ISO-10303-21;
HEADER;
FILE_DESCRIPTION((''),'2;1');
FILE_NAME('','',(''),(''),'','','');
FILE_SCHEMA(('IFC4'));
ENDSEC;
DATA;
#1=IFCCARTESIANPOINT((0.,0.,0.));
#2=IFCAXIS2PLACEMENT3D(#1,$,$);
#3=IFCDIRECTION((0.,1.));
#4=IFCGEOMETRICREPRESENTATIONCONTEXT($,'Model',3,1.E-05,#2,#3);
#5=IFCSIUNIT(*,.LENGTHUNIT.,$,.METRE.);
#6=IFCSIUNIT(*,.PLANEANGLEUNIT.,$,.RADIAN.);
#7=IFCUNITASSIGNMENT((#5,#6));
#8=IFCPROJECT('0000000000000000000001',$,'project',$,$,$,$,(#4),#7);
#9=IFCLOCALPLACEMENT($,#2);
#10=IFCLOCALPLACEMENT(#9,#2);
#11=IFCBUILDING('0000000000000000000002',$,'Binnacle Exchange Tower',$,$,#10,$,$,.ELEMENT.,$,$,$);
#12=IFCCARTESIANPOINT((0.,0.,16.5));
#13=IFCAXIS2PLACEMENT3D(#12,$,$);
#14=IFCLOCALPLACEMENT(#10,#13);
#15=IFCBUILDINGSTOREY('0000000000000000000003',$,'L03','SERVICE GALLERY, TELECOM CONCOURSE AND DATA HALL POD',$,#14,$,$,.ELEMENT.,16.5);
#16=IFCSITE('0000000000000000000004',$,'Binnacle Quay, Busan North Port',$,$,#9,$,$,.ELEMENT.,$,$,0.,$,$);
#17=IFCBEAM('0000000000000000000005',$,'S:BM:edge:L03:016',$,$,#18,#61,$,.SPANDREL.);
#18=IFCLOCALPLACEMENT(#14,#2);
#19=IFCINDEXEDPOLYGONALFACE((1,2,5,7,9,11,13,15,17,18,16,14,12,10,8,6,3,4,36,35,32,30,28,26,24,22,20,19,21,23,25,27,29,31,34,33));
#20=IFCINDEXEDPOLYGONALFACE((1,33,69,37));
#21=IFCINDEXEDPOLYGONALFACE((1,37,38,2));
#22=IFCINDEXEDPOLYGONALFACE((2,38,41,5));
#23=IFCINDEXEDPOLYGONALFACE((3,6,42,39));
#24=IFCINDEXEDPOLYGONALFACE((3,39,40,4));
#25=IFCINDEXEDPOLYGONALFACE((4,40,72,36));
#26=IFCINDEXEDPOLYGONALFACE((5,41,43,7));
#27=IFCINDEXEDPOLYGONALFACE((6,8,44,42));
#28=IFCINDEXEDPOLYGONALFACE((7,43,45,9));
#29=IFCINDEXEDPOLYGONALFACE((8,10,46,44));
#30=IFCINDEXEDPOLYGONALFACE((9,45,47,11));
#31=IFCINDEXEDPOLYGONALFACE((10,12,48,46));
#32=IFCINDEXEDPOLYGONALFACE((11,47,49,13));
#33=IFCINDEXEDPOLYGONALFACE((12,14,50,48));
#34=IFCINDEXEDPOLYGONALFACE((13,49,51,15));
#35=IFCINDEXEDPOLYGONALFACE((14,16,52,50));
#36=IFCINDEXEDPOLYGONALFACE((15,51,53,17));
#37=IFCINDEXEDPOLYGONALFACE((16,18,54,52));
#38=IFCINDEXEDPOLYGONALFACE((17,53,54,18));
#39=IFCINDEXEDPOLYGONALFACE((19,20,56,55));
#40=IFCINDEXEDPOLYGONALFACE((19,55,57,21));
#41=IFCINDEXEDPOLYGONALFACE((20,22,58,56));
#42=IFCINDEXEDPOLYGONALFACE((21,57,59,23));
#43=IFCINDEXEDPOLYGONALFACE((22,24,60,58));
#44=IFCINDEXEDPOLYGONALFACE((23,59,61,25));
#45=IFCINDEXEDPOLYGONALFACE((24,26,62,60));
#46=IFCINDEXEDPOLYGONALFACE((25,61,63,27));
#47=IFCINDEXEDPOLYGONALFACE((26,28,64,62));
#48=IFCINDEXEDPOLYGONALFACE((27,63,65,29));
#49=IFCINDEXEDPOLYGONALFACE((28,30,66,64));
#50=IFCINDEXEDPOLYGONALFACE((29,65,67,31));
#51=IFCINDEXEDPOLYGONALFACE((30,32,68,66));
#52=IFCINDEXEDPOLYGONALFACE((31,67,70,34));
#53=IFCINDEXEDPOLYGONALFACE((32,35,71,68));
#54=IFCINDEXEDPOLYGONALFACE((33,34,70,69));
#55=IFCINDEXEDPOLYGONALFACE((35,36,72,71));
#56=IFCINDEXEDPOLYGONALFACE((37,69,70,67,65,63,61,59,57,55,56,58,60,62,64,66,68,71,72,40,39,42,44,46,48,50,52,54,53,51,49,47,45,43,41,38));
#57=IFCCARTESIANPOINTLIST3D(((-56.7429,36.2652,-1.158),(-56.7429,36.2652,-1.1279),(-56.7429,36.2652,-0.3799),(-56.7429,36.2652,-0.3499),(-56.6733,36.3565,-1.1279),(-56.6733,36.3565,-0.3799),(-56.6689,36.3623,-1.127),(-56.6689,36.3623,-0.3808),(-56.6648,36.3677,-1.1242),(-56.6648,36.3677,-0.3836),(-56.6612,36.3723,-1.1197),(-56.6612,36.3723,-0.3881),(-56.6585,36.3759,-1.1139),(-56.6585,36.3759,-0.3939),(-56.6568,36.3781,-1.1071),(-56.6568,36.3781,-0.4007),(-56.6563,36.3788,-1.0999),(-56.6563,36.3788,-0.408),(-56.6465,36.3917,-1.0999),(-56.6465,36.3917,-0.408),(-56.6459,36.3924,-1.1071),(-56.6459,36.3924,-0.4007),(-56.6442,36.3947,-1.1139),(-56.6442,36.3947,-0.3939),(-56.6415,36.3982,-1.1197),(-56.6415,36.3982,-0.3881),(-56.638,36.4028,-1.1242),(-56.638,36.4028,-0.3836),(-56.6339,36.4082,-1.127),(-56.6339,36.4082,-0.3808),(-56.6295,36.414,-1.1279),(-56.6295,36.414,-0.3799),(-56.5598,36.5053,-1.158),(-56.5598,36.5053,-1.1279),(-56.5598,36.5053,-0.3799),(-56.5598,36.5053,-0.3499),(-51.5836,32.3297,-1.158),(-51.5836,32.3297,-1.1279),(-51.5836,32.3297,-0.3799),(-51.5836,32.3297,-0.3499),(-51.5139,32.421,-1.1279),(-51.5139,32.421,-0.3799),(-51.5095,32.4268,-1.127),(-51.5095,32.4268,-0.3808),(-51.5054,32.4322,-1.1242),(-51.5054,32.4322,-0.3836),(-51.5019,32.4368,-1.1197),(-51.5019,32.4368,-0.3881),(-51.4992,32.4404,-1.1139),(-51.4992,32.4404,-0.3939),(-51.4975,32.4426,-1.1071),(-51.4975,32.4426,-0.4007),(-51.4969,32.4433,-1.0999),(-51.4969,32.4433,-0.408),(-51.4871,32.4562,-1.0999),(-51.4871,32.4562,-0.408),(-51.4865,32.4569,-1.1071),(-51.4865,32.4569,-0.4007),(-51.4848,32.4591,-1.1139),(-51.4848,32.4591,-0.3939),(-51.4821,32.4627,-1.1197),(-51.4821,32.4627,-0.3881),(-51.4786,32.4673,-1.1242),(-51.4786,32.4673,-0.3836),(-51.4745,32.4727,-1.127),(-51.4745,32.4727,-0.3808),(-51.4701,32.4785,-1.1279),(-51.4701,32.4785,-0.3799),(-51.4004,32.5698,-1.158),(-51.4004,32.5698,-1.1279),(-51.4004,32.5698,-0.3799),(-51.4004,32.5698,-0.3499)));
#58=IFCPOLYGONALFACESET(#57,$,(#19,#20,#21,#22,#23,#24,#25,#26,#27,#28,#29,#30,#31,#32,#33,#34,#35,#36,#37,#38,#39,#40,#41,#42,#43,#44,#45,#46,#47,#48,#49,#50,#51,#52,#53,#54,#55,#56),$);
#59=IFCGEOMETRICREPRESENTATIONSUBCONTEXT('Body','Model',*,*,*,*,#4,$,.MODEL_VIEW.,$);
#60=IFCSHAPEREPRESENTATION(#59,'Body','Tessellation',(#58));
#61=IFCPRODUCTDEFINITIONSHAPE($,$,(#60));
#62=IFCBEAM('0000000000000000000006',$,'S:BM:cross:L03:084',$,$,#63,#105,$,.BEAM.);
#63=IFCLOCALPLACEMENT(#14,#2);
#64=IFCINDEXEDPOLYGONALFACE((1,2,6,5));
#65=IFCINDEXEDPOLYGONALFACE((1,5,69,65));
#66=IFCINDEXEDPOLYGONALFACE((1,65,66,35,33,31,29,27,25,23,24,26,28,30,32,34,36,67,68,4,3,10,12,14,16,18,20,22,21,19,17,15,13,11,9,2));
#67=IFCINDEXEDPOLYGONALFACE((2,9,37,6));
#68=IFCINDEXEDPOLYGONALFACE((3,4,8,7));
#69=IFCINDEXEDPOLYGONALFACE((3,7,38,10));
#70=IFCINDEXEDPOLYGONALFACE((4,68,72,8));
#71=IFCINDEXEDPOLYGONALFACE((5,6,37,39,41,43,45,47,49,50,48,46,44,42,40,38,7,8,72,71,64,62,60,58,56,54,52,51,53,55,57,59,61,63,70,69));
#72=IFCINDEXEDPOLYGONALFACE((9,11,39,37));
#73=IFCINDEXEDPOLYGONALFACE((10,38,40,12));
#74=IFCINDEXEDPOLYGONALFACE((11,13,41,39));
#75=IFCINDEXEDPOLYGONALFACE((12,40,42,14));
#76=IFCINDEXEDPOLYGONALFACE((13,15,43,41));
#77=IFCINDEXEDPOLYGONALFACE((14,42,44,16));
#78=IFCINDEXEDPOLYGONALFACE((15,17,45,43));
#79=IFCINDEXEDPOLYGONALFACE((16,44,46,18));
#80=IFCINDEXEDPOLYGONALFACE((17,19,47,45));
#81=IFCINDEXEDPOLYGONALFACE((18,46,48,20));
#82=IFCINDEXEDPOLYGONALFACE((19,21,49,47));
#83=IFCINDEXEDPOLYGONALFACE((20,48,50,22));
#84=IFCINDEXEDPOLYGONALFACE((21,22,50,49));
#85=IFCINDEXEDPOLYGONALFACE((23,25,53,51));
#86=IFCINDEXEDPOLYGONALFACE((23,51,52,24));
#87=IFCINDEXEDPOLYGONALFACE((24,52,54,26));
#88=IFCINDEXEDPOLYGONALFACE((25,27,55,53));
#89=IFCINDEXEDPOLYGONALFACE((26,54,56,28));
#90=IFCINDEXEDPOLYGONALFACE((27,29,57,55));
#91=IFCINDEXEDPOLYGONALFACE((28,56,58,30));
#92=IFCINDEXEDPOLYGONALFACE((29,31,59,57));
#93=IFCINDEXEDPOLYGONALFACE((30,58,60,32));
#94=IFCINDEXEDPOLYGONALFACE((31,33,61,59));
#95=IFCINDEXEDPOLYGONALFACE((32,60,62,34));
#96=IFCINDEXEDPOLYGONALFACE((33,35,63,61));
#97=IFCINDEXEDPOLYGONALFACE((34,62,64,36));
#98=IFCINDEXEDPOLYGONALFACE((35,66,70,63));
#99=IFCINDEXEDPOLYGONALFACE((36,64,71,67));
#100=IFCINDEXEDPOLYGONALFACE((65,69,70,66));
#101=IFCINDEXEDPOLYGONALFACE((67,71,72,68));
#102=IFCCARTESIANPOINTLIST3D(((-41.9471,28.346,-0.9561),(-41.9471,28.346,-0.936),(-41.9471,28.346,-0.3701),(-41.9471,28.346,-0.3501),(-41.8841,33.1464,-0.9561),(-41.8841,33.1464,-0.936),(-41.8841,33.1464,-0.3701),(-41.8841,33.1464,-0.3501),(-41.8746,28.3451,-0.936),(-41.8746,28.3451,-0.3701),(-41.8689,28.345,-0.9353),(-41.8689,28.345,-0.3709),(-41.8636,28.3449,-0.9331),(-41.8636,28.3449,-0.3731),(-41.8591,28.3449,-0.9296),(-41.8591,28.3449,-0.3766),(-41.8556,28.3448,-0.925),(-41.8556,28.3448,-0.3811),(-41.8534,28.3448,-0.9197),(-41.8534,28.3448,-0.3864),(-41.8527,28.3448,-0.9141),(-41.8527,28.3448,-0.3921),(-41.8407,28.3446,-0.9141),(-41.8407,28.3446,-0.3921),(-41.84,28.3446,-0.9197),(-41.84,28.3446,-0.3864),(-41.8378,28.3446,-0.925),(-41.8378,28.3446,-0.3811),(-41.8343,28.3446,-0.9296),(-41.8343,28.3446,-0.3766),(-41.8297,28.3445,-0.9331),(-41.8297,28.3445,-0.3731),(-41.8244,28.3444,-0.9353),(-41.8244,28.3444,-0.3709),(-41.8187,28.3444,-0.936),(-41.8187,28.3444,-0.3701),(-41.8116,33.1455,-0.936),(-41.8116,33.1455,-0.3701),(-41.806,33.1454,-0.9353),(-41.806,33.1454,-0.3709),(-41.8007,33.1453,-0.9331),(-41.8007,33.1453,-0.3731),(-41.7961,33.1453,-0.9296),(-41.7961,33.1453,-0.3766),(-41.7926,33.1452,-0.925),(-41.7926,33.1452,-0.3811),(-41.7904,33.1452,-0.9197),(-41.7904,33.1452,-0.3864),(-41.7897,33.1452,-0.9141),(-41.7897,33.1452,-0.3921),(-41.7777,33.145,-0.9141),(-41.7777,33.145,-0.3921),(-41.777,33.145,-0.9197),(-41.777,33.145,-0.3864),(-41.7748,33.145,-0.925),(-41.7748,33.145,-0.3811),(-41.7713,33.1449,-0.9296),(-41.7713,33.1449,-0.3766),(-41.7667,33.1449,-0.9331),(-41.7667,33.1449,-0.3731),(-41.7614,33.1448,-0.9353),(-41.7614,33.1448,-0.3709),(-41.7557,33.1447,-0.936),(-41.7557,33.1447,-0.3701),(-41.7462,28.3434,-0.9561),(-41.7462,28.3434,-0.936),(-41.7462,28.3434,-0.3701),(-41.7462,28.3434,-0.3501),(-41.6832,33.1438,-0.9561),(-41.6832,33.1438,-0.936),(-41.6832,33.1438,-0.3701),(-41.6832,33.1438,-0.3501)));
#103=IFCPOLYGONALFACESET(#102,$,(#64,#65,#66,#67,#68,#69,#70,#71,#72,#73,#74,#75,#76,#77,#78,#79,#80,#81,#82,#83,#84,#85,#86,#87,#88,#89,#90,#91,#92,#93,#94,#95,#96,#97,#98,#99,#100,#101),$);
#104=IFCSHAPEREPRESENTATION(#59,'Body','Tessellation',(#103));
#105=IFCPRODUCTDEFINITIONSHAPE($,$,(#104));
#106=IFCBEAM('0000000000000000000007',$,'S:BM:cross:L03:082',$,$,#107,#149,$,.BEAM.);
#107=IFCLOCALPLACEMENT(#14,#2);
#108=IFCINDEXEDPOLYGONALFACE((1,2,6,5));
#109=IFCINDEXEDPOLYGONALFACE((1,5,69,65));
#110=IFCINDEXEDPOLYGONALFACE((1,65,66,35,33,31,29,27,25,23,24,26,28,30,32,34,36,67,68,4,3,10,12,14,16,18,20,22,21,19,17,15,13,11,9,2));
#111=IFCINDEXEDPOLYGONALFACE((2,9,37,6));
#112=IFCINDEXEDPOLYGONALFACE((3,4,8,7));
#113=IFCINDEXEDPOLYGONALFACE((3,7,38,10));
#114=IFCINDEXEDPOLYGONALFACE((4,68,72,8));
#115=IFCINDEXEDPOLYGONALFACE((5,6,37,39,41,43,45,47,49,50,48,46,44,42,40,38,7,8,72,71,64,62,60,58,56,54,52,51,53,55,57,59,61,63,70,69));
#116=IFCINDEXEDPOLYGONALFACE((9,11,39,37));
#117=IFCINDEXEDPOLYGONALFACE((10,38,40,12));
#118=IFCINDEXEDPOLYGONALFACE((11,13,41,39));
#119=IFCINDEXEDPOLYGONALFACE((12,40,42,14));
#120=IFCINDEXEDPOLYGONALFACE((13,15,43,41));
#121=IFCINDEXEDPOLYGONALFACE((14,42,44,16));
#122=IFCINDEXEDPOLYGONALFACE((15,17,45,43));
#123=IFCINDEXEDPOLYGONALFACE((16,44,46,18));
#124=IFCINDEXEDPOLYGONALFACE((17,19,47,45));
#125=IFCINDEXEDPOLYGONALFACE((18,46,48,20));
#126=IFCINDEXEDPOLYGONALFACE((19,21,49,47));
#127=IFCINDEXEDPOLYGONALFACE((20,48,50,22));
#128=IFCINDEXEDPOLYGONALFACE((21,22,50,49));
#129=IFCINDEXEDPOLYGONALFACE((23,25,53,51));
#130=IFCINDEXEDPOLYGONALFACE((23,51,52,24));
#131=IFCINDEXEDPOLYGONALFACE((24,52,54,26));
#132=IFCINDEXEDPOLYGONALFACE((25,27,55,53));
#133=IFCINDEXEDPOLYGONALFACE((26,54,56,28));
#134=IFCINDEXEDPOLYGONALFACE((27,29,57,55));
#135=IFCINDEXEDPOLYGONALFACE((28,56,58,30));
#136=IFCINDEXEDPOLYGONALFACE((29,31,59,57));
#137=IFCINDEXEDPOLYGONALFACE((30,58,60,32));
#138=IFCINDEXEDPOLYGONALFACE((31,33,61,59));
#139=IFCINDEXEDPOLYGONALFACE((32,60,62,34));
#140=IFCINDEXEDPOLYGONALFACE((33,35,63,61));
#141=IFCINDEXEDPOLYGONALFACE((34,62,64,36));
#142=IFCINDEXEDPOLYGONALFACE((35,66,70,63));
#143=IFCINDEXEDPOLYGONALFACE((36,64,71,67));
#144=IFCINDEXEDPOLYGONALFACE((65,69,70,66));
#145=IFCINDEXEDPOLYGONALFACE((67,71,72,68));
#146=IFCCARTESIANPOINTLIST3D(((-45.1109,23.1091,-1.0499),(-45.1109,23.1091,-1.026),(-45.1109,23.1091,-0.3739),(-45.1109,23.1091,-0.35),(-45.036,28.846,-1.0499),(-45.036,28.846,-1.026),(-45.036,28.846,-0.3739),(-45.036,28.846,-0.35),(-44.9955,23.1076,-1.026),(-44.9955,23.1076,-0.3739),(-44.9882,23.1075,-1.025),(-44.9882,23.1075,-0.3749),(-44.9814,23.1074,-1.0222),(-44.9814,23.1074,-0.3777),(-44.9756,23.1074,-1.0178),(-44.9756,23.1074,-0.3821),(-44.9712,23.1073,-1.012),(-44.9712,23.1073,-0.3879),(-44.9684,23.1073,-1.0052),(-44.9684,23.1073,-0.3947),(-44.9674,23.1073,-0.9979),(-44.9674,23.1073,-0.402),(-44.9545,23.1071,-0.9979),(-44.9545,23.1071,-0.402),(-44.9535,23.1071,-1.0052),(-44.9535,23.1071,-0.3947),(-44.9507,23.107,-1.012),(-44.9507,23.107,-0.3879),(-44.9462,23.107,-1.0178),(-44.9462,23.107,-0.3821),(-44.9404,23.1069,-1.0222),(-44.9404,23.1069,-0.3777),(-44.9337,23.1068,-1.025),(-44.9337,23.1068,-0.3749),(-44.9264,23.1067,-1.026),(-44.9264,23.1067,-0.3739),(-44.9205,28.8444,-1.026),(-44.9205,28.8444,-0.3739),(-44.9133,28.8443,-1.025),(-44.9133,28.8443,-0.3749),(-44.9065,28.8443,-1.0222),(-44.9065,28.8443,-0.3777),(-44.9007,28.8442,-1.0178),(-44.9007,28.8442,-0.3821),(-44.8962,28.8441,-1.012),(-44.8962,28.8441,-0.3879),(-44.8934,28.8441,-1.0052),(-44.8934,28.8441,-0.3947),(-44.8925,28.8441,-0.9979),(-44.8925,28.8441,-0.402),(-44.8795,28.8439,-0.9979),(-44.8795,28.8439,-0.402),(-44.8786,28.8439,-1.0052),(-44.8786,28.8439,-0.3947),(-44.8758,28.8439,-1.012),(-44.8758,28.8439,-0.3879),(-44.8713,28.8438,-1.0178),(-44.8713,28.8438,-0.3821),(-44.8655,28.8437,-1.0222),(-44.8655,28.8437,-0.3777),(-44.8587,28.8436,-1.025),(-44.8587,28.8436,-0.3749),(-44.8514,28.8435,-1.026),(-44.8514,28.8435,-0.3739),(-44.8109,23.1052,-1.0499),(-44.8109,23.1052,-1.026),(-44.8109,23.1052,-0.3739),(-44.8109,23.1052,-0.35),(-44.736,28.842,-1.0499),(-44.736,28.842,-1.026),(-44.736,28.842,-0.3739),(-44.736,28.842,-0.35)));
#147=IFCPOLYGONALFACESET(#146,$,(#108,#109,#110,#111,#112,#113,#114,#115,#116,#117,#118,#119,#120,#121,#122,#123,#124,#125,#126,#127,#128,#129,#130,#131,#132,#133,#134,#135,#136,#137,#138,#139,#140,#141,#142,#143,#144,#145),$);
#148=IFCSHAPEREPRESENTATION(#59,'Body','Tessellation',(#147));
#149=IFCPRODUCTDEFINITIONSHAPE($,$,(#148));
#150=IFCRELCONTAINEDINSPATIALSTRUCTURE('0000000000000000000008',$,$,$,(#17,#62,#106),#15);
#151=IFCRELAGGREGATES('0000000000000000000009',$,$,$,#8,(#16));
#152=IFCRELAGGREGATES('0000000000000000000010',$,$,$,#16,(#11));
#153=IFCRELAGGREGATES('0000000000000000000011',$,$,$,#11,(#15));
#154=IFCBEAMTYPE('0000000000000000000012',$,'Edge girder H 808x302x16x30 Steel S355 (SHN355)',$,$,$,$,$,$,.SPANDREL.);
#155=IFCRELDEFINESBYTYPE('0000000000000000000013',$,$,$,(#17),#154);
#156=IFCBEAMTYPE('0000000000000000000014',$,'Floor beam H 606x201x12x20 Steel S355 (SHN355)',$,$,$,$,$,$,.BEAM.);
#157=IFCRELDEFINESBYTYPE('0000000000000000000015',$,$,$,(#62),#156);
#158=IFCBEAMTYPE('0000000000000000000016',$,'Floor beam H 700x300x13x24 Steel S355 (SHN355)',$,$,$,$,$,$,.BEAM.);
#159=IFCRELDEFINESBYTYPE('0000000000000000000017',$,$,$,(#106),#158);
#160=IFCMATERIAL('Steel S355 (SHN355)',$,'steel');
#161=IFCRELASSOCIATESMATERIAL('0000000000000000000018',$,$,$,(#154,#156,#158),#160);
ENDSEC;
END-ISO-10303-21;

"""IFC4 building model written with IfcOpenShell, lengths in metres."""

from ifc_helpers import new_model, si_unit, direction, frame, origin, origin_2d, place, context, subcontext, project, spatial, i_section, extrude, material, material_profile, profile_set, type_object, element, save


model = new_model("IFC4")

# Units and contexts
model_context = context("Model", 3, precision=1e-05, world=origin(), true_north=direction((0.0, 1.0)))
body_context = subcontext(model_context, "Body", "Model", "MODEL_VIEW")
ifc_project = project(units=[si_unit("LENGTHUNIT", "METRE"), si_unit("PLANEANGLEUNIT", "RADIAN")], contexts=[model_context])

# Site, building, storey
site_placement = place(None, origin())
site = spatial("IfcSite", under=ifc_project, at=site_placement, Name="Binnacle Quay, Busan North Port", CompositionType="ELEMENT", RefElevation=0.0)
building_placement = place(site_placement, origin())
building = spatial("IfcBuilding", under=site, at=building_placement, Name="Binnacle Exchange Tower", CompositionType="ELEMENT")
storey_placement = place(building_placement, frame((0.0, 0.0, 16.5)))
storey = spatial("IfcBuildingStorey", under=building, at=storey_placement, Name="L03", Description="SERVICE GALLERY, TELECOM CONCOURSE AND DATA HALL POD", CompositionType="ELEMENT", Elevation=16.5)

# Beams
ifc_material_1 = material(Name="Steel S355 (SHN355)", Category="steel")
ifc_material_profile_1 = material_profile(ifc_material_1, i_section(OverallWidth=0.302, OverallDepth=0.8081, WebThickness=0.0161, FlangeThickness=0.03, FilletRadius=0.0281, at=origin_2d()), Name="H 808x302x16x30")
ifc_profile_set_1 = profile_set([ifc_material_profile_1], Name="Steel S355 (SHN355)")
beam_type_1 = type_object("IfcBeamType", Name="Edge girder H 808x302x16x30 Steel S355 (SHN355)", PredefinedType="SPANDREL", material=ifc_profile_set_1)
beam_1_placement = place(storey_placement, frame((-56.6514, 36.3853, -0.7539), z_axis=(0.795093, -0.606487, 0.0), x_axis=(0.606487, 0.795093, 0.0)))
element("IfcBeam", 1, at=beam_1_placement, inside=storey, type_object=beam_type_1, Name="S:BM:edge:L03:016", PredefinedType="SPANDREL", context=body_context, shape_type="SweptSolid", body=[
    extrude(i_section(OverallWidth=0.302, OverallDepth=0.8081, WebThickness=0.0161, FlangeThickness=0.03, FilletRadius=0.0281, at=origin_2d()), origin(), (0.0, 0.0, 1.0), 6.489),
])
ifc_material_profile_2 = material_profile(ifc_material_1, i_section(OverallWidth=0.2009, OverallDepth=0.606, WebThickness=0.012, FlangeThickness=0.02, FilletRadius=0.022, at=origin_2d()), Name="H 606x201x12x20")
ifc_profile_set_2 = profile_set([ifc_material_profile_2], Name="Steel S355 (SHN355)")
beam_type_2 = type_object("IfcBeamType", Name="Floor beam H 606x201x12x20 Steel S355 (SHN355)", PredefinedType="BEAM", material=ifc_profile_set_2)
beam_2_placement = place(storey_placement, frame((-41.8467, 28.3447, -0.6531), z_axis=(0.013121, 0.999914, 0.0), x_axis=(-0.999914, 0.013121, 0.0)))
element("IfcBeam", 2, at=beam_2_placement, inside=storey, type_object=beam_type_2, Name="S:BM:cross:L03:084", PredefinedType="BEAM", context=body_context, shape_type="SweptSolid", body=[
    extrude(i_section(OverallWidth=0.2009, OverallDepth=0.606, WebThickness=0.012, FlangeThickness=0.02, FilletRadius=0.022, at=origin_2d()), origin(), (0.0, 0.0, 1.0), 4.8008),
])
ifc_material_profile_3 = material_profile(ifc_material_1, i_section(OverallWidth=0.3, OverallDepth=0.7, WebThickness=0.0129, FlangeThickness=0.0239, FilletRadius=0.0281, at=origin_2d()), Name="H 700x300x13x24")
ifc_profile_set_3 = profile_set([ifc_material_profile_3], Name="Steel S355 (SHN355)")
beam_type_3 = type_object("IfcBeamType", Name="Floor beam H 700x300x13x24 Steel S355 (SHN355)", PredefinedType="BEAM", material=ifc_profile_set_3)
beam_3_placement = place(storey_placement, frame((-44.9609, 23.1072, -0.7), z_axis=(0.013064, 0.999915, 0.0), x_axis=(-0.999915, 0.013064, 0.0)))
element("IfcBeam", 3, at=beam_3_placement, inside=storey, type_object=beam_type_3, Name="S:BM:cross:L03:082", PredefinedType="BEAM", context=body_context, shape_type="SweptSolid", body=[
    extrude(i_section(OverallWidth=0.3, OverallDepth=0.7, WebThickness=0.0129, FlangeThickness=0.0239, FilletRadius=0.0281, at=origin_2d()), origin(), (0.0, 0.0, 1.0), 5.7373),
])

save(model, "model.ifc")
